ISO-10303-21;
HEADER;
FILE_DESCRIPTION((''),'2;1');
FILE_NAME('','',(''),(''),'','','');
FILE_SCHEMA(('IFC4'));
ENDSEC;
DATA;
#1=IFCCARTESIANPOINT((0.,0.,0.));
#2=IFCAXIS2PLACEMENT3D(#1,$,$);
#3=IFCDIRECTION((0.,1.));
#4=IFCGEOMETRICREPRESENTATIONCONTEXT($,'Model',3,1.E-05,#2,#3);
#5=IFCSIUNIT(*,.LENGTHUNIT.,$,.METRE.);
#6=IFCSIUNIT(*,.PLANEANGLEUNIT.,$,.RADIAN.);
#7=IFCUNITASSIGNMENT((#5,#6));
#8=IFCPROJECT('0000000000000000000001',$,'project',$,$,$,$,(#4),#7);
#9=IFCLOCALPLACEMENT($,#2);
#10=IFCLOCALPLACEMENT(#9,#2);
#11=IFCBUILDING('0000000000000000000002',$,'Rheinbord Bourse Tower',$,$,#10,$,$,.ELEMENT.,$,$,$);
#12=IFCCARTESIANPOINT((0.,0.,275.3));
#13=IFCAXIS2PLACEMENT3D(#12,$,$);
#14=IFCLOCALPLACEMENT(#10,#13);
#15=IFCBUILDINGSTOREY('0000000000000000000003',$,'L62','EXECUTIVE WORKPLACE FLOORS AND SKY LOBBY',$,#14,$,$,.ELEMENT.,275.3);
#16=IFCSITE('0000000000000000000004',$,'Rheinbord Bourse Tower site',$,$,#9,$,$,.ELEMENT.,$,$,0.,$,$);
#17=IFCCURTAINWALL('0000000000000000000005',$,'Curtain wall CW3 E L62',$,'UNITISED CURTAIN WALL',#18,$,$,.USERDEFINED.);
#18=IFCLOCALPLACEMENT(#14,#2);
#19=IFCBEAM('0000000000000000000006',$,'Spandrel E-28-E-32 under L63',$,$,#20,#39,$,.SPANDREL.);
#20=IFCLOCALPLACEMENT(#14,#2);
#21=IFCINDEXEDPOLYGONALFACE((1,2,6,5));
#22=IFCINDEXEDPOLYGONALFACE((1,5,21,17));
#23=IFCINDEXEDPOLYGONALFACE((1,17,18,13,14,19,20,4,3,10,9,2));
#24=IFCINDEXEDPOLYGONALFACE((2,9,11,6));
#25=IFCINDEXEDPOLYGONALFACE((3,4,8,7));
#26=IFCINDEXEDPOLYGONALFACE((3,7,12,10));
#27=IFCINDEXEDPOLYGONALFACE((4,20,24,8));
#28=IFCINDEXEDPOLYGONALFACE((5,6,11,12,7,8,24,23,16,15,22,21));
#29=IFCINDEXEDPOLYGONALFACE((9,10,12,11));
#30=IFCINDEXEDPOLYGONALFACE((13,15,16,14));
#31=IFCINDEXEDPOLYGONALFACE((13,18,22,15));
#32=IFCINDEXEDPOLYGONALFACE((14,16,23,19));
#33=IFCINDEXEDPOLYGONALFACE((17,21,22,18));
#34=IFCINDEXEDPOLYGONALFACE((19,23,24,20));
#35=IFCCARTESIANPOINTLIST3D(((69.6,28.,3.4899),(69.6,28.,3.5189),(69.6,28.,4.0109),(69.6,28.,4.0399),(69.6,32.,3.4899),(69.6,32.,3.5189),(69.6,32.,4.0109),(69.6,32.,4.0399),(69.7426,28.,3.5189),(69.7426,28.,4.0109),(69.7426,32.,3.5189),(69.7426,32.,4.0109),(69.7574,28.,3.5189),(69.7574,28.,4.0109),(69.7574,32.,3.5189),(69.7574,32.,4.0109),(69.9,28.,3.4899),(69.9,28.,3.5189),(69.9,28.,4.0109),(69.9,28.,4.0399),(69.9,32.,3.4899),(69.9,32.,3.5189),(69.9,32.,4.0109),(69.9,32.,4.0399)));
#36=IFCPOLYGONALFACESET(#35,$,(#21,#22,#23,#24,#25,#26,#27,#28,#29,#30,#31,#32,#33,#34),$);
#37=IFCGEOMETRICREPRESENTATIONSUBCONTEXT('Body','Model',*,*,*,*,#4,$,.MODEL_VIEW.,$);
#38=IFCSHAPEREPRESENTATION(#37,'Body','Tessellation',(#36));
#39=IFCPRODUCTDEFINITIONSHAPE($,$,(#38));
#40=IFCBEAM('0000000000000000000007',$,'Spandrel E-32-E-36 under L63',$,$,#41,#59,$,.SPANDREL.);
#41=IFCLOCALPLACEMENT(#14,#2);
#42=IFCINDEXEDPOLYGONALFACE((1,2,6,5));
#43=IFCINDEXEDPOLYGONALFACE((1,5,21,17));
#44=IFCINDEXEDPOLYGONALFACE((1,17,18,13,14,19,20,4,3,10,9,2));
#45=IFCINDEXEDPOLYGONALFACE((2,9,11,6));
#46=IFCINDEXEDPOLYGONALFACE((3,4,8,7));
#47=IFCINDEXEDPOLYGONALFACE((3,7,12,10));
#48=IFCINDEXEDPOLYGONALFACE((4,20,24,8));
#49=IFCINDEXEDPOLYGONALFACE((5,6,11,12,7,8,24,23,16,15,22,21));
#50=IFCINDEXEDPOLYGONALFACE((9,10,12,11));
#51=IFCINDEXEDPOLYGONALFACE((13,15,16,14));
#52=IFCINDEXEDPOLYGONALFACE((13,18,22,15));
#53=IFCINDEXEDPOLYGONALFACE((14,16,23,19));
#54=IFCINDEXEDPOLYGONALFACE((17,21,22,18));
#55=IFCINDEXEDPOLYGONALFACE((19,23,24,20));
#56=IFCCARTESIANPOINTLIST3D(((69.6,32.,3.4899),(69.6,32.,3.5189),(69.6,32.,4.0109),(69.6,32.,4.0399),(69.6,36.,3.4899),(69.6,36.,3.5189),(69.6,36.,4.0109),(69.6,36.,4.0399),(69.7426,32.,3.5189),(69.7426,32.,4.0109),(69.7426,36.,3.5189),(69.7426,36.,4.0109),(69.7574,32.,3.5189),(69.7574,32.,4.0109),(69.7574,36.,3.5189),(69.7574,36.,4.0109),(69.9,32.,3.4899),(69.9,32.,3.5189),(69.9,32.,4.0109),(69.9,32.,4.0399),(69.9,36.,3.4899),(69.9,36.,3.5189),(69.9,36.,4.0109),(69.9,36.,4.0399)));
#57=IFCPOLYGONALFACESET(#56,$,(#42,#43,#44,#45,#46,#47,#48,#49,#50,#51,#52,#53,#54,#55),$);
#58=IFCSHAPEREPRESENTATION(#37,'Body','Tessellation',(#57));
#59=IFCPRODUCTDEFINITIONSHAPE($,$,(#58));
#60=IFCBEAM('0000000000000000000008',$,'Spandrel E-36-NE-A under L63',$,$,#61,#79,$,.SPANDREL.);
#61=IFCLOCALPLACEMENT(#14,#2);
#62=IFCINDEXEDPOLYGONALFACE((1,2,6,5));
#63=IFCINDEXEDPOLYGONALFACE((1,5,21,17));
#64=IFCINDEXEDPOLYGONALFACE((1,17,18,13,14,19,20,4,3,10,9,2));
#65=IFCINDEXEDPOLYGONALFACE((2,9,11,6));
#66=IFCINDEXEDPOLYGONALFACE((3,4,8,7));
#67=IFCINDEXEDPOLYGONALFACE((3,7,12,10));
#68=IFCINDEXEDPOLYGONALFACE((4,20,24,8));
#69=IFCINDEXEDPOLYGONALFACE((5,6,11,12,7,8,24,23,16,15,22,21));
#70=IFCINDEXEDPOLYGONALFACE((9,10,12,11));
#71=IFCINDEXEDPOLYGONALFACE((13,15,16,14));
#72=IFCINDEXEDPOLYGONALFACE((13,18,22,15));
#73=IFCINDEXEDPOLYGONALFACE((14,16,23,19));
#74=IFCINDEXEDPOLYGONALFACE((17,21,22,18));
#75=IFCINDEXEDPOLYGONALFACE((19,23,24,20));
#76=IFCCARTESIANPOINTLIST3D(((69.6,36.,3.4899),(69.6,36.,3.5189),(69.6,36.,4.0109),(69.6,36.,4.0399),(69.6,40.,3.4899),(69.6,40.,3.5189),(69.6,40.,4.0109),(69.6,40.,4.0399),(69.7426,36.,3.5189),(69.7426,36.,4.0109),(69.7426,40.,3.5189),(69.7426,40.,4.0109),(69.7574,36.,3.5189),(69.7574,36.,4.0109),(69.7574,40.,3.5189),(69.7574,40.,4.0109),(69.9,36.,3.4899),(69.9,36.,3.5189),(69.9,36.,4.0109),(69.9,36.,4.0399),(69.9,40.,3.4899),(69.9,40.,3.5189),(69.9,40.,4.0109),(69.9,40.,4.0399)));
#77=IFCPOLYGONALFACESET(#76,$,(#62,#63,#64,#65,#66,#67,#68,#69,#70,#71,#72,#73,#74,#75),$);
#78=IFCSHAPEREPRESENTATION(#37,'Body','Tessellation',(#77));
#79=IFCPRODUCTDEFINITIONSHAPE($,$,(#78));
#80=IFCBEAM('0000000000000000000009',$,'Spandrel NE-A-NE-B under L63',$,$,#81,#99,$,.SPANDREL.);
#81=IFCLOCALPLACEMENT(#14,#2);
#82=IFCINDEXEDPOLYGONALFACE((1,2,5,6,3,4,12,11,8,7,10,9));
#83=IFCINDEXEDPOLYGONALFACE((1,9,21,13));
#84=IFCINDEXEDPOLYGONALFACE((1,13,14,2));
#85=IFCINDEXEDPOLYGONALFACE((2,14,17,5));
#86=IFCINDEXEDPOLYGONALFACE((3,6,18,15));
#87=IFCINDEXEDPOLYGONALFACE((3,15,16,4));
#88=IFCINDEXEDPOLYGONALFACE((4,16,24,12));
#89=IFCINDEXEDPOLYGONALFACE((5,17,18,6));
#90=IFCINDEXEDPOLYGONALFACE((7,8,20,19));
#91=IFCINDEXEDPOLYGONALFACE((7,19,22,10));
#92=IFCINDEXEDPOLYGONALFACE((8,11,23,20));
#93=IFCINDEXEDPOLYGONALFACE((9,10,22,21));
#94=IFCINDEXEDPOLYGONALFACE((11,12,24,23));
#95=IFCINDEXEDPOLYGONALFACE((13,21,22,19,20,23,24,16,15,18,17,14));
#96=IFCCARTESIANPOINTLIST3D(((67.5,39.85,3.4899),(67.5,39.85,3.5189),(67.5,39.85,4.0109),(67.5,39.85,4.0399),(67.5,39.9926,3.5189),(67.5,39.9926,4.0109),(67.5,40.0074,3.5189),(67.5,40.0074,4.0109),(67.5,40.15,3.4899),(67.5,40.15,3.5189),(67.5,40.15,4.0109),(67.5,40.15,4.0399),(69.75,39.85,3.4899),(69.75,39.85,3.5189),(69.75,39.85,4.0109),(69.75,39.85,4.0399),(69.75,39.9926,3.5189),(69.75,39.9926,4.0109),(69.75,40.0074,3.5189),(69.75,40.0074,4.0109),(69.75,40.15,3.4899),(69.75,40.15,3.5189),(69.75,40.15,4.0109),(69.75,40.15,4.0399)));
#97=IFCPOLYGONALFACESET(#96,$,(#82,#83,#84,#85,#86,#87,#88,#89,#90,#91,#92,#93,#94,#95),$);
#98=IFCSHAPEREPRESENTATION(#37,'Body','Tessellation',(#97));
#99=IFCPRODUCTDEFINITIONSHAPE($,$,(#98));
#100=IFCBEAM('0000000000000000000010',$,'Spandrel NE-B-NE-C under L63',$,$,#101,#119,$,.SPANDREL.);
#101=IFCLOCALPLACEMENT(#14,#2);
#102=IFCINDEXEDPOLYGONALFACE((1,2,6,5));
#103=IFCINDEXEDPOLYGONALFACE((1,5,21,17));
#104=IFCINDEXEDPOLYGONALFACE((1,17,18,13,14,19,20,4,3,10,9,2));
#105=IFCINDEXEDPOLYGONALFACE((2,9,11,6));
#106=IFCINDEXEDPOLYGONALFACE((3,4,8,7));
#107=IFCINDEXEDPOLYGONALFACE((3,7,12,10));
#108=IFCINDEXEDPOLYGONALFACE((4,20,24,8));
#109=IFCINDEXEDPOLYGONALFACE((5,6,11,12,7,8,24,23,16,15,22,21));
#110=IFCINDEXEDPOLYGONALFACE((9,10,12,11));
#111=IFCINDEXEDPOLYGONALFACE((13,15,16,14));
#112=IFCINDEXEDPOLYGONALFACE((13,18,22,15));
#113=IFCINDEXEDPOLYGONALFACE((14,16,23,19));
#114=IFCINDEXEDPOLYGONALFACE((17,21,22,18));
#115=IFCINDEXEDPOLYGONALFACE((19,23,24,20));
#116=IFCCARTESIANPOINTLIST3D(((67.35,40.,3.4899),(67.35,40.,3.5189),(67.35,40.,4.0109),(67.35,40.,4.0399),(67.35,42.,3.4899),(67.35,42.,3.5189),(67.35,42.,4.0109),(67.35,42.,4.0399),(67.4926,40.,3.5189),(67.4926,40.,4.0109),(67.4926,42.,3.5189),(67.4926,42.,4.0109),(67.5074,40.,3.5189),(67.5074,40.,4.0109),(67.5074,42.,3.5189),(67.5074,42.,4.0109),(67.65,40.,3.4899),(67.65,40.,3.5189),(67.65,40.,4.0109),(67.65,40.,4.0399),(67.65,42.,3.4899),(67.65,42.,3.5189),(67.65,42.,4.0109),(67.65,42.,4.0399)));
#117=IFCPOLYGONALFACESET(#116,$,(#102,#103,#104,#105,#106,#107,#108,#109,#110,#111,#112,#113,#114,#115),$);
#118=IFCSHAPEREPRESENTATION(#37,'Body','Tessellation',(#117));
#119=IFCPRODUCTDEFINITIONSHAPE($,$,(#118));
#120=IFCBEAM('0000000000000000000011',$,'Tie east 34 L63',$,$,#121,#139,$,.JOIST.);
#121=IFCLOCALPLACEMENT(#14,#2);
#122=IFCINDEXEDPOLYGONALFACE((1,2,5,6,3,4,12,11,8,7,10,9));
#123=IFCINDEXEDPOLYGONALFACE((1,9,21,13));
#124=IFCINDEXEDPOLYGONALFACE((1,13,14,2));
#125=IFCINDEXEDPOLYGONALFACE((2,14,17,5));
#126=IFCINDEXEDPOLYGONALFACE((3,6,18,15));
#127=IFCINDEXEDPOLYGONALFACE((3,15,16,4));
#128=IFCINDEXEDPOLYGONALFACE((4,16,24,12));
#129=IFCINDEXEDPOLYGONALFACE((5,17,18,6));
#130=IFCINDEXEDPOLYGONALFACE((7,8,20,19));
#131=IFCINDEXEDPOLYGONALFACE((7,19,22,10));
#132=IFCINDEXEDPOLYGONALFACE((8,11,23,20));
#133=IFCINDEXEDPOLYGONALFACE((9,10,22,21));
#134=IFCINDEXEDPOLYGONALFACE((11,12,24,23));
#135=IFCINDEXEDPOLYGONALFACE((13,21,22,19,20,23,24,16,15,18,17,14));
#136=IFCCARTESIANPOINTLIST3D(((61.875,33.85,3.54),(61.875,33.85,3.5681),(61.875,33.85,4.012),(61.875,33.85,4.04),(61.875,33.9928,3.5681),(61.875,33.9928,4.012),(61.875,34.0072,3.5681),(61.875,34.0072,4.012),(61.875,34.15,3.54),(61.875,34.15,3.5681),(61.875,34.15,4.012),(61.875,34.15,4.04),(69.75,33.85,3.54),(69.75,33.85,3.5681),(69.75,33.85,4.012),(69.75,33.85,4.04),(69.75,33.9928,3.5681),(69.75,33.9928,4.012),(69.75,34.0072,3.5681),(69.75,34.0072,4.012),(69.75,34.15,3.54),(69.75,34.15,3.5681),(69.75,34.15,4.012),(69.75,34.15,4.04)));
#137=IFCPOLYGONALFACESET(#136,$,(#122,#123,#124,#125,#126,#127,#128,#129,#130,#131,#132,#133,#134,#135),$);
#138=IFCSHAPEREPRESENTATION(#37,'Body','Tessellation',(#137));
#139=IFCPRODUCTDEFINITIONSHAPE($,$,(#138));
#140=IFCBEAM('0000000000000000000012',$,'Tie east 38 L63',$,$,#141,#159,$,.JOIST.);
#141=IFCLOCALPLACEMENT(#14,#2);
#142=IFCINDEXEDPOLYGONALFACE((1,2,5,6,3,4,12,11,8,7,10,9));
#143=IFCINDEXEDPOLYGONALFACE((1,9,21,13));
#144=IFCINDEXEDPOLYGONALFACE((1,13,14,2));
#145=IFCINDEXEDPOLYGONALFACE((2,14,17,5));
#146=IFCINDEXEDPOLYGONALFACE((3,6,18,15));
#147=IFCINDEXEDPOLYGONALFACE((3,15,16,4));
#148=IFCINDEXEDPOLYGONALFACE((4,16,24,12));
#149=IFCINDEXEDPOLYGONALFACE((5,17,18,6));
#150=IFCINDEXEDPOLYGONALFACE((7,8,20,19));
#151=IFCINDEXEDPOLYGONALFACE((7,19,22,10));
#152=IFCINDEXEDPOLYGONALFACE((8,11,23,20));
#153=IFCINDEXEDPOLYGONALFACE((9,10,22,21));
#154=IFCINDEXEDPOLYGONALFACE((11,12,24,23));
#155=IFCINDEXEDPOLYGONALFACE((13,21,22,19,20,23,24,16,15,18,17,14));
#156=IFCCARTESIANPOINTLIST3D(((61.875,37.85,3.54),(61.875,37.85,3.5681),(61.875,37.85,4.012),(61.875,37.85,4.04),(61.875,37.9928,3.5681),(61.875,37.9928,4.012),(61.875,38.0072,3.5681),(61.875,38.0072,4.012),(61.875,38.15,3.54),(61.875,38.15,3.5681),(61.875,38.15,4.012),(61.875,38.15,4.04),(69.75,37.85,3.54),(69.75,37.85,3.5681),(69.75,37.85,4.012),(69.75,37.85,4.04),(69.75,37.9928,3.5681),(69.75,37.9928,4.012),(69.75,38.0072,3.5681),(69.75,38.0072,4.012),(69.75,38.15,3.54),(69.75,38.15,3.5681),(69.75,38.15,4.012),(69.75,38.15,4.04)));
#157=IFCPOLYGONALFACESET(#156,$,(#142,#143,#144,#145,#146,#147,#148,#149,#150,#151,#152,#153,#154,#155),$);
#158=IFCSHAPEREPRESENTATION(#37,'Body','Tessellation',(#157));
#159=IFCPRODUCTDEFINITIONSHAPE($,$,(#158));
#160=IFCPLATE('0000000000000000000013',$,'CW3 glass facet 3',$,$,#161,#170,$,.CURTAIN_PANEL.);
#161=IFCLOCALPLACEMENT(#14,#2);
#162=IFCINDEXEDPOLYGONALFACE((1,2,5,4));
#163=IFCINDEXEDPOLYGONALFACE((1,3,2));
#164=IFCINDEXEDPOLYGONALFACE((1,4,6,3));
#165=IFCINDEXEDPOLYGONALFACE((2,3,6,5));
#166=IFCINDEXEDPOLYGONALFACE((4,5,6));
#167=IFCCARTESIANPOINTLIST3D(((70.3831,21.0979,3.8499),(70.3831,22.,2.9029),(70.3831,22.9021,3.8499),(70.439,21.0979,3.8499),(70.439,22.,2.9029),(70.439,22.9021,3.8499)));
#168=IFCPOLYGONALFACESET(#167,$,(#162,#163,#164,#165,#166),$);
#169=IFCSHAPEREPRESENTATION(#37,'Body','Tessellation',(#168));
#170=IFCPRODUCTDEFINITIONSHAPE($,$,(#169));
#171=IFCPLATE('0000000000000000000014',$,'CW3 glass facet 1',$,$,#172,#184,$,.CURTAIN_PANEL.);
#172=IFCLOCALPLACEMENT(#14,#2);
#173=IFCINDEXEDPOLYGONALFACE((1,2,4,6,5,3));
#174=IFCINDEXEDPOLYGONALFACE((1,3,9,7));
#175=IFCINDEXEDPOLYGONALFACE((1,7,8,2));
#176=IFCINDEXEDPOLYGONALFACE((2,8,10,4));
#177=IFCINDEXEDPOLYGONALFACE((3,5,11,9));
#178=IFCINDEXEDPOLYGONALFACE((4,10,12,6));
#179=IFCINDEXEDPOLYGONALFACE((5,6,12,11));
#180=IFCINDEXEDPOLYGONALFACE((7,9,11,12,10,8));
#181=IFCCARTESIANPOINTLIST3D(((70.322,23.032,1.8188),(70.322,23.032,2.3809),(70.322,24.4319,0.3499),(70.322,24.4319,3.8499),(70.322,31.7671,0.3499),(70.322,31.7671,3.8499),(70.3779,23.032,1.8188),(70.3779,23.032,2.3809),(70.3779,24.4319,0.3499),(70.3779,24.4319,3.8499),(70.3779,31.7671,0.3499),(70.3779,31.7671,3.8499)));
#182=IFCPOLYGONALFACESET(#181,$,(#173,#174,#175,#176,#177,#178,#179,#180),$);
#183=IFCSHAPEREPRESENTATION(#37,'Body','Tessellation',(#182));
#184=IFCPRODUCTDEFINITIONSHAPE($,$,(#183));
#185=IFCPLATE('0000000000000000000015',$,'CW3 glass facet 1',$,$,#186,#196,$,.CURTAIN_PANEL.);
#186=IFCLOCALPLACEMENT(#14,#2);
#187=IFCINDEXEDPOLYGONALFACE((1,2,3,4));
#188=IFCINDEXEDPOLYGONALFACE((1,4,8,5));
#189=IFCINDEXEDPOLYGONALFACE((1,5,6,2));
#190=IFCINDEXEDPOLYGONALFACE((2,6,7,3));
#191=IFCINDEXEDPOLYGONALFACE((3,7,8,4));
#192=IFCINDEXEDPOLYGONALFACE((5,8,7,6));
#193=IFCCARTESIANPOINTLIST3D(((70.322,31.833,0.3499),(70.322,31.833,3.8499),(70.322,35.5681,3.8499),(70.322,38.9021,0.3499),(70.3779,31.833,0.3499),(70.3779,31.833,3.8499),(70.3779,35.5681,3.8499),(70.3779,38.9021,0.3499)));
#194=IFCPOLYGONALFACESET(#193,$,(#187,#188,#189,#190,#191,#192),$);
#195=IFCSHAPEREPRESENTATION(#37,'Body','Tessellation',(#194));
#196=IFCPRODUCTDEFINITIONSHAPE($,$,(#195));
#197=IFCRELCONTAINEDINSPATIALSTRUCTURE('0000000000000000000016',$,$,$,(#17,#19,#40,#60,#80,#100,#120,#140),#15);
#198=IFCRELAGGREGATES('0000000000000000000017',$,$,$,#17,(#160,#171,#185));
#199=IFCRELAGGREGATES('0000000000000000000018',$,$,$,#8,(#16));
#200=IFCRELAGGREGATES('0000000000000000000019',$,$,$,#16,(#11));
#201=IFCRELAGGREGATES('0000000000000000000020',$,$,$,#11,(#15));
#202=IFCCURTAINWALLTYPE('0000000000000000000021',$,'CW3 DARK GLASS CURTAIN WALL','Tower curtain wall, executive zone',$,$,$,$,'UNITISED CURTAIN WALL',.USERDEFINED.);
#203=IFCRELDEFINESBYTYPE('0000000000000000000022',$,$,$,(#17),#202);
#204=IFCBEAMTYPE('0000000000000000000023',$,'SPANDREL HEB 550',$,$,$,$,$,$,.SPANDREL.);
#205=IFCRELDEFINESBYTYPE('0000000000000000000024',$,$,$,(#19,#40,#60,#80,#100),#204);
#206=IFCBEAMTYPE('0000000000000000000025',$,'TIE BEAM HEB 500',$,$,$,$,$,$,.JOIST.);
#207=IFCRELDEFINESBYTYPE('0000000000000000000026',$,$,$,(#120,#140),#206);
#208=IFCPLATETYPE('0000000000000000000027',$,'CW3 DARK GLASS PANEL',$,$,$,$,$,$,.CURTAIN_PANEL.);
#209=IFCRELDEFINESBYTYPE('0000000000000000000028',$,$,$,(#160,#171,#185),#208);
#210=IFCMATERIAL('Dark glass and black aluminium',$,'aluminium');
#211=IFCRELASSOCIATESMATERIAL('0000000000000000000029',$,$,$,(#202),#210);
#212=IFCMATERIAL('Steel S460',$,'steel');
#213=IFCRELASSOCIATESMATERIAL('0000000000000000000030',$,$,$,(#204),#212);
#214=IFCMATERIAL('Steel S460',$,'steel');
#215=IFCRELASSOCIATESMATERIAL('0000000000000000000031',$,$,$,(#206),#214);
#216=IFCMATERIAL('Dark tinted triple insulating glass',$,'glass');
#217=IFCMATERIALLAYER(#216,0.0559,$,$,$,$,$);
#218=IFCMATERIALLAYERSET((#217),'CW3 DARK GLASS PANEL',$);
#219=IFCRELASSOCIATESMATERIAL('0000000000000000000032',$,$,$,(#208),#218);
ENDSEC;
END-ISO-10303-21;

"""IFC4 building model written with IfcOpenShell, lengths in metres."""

from ifc_helpers import new_model, si_unit, direction, frame, origin, origin_2d, place, context, subcontext, project, spatial, polyline, i_section, outline, extrude, material, layer, layer_set, material_profile, profile_set, type_object, element, aggregate, save


model = new_model("IFC4")

# Units and contexts
model_context = context("Model", 3, precision=1e-05, world=origin(), true_north=direction((0.0, 1.0)))
body_context = subcontext(model_context, "Body", "Model", "MODEL_VIEW")
ifc_project = project(units=[si_unit("LENGTHUNIT", "METRE"), si_unit("PLANEANGLEUNIT", "RADIAN")], contexts=[model_context])

# Site, building, storey
site_placement = place(None, origin())
site = spatial("IfcSite", under=ifc_project, at=site_placement, Name="Rheinbord Bourse Tower site", CompositionType="ELEMENT", RefElevation=0.0)
building_placement = place(site_placement, origin())
building = spatial("IfcBuilding", under=site, at=building_placement, Name="Rheinbord Bourse Tower", CompositionType="ELEMENT")
storey_placement = place(building_placement, frame((0.0, 0.0, 275.3)))
storey = spatial("IfcBuildingStorey", under=building, at=storey_placement, Name="L62", Description="EXECUTIVE WORKPLACE FLOORS AND SKY LOBBY", CompositionType="ELEMENT", Elevation=275.3)

# Curtain wall
ifc_material_1 = material(Name="Dark glass and black aluminium", Category="aluminium")
curtain_wall_type = type_object("IfcCurtainWallType", Name="CW3 DARK GLASS CURTAIN WALL", Description="Tower curtain wall, executive zone", ElementType="UNITISED CURTAIN WALL", PredefinedType="USERDEFINED", material=ifc_material_1)
curtain_wall_placement = place(storey_placement, origin())
curtain_wall = element("IfcCurtainWall", 1, at=curtain_wall_placement, inside=storey, type_object=curtain_wall_type, Name="Curtain wall CW3 E L62", ObjectType="UNITISED CURTAIN WALL", PredefinedType="USERDEFINED")

# Beams
ifc_material_2 = material(Name="Steel S460", Category="steel")
ifc_material_profile_1 = material_profile(ifc_material_2, i_section(OverallWidth=0.3, OverallDepth=0.55, WebThickness=0.0149, FlangeThickness=0.0291, at=origin_2d()), Name="HEB 550")
ifc_profile_set_1 = profile_set([ifc_material_profile_1], Name="Steel S460")
beam_type_1 = type_object("IfcBeamType", Name="SPANDREL HEB 550", PredefinedType="SPANDREL", material=ifc_profile_set_1)
for number, where, z_axis, x_axis, name in (
    (2, (69.75, 28.0, 3.7649), (0.0, 1.0, 0.0), (-1.0, 0.0, 0.0), "Spandrel E-28-E-32 under L63"),
    (3, (69.75, 32.0, 3.7649), (0.0, 1.0, 0.0), (-1.0, 0.0, 0.0), "Spandrel E-32-E-36 under L63"),
    (4, (69.75, 36.0, 3.7649), (0.0, 1.0, 0.0), (-1.0, 0.0, 0.0), "Spandrel E-36-NE-A under L63"),
):
    element("IfcBeam", number, at=place(storey_placement, frame(where, z_axis=z_axis, x_axis=x_axis)), inside=storey, type_object=beam_type_1, Name=name, PredefinedType="SPANDREL", context=body_context, shape_type="SweptSolid", body=[
        extrude(i_section(OverallWidth=0.3, OverallDepth=0.55, WebThickness=0.0149, FlangeThickness=0.0291, at=origin_2d()), origin(), (0.0, 0.0, 1.0), 4.0),
    ])
beam_1_placement = place(storey_placement, frame((69.75, 40.0, 3.7649), z_axis=(-1.0, 0.0, 0.0), x_axis=(0.0, -1.0, 0.0)))
element("IfcBeam", 5, at=beam_1_placement, inside=storey, type_object=beam_type_1, Name="Spandrel NE-A-NE-B under L63", PredefinedType="SPANDREL", context=body_context, shape_type="SweptSolid", body=[
    extrude(i_section(OverallWidth=0.3, OverallDepth=0.55, WebThickness=0.0149, FlangeThickness=0.0291, at=origin_2d()), origin(), (0.0, 0.0, 1.0), 2.25),
])
beam_2_placement = place(storey_placement, frame((67.5, 40.0, 3.7649), z_axis=(0.0, 1.0, 0.0), x_axis=(-1.0, 0.0, 0.0)))
element("IfcBeam", 6, at=beam_2_placement, inside=storey, type_object=beam_type_1, Name="Spandrel NE-B-NE-C under L63", PredefinedType="SPANDREL", context=body_context, shape_type="SweptSolid", body=[
    extrude(i_section(OverallWidth=0.3, OverallDepth=0.55, WebThickness=0.0149, FlangeThickness=0.0291, at=origin_2d()), origin(), (0.0, 0.0, 1.0), 2.0),
])
ifc_material_3 = material(Name="Steel S460", Category="steel")
ifc_material_profile_2 = material_profile(ifc_material_3, i_section(OverallWidth=0.3, OverallDepth=0.5, WebThickness=0.0144, FlangeThickness=0.0281, at=origin_2d()), Name="HEB 500")
ifc_profile_set_2 = profile_set([ifc_material_profile_2], Name="Steel S460")
beam_type_2 = type_object("IfcBeamType", Name="TIE BEAM HEB 500", PredefinedType="JOIST", material=ifc_profile_set_2)
for number, where, z_axis, x_axis, name in (
    (7, (61.875, 34.0, 3.79), (1.0, 0.0, 0.0), (0.0, 1.0, 0.0), "Tie east 34 L63"),
    (8, (61.875, 38.0, 3.79), (1.0, 0.0, 0.0), (0.0, 1.0, 0.0), "Tie east 38 L63"),
):
    element("IfcBeam", number, at=place(storey_placement, frame(where, z_axis=z_axis, x_axis=x_axis)), inside=storey, type_object=beam_type_2, Name=name, PredefinedType="JOIST", context=body_context, shape_type="SweptSolid", body=[
        extrude(i_section(OverallWidth=0.3, OverallDepth=0.5, WebThickness=0.0144, FlangeThickness=0.0281, at=origin_2d()), origin(), (0.0, 0.0, 1.0), 7.875),
    ])

# Plates
ifc_material_4 = material(Name="Dark tinted triple insulating glass", Category="glass")
ifc_layer_1 = layer(ifc_material_4, 0.0559)
ifc_layer_set_1 = layer_set([ifc_layer_1], Name="CW3 DARK GLASS PANEL")
plate_type = type_object("IfcPlateType", Name="CW3 DARK GLASS PANEL", PredefinedType="CURTAIN_PANEL", material=ifc_layer_set_1)
plate_1_placement = place(storey_placement, frame((70.439, 22.9021, 3.8499), z_axis=(-1.0, 0.0, 0.0), x_axis=(0.0, -0.689725, -0.724071)))
plate_1 = element("IfcPlate", 9, at=plate_1_placement, type_object=plate_type, Name="CW3 glass facet 3", PredefinedType="CURTAIN_PANEL", context=body_context, shape_type="SweptSolid", body=[
    extrude(outline(polyline([(0.0, 0.0), (1.3079, 0.0), (1.2444, 1.3064), (0.0, 0.0)])), origin(), (0.0, 0.0, 1.0), 0.0559),
])
plate_2_placement = place(storey_placement, frame((70.3779, 31.7671, 3.8499), z_axis=(-1.0, 0.0, 0.0), x_axis=(0.0, 0.0, -1.0)))
plate_2 = element("IfcPlate", 10, at=plate_2_placement, type_object=plate_type, Name="CW3 glass facet 1", PredefinedType="CURTAIN_PANEL", context=body_context, shape_type="SweptSolid", body=[
    extrude(outline(polyline([(0.0, 0.0), (3.5, 0.0), (3.5, 7.3352), (2.031, 8.7351), (1.469, 8.7351), (0.0, 7.3352), (0.0, 0.0)])), origin(), (0.0, 0.0, 1.0), 0.0559),
])
plate_3_placement = place(storey_placement, frame((70.3779, 31.833, 0.3499), z_axis=(-1.0, 0.0, 0.0), x_axis=(0.0, 0.0, 1.0)))
plate_3 = element("IfcPlate", 11, at=plate_3_placement, type_object=plate_type, Name="CW3 glass facet 1", PredefinedType="CURTAIN_PANEL", context=body_context, shape_type="SweptSolid", body=[
    extrude(outline(polyline([(0.0, 0.0), (3.5, 0.0), (3.5, 3.7351), (0.0, 7.0691), (0.0, 0.0)])), origin(), (0.0, 0.0, 1.0), 0.0559),
])
aggregate(curtain_wall, [plate_1, plate_2, plate_3])

save(model, "model.ifc")
